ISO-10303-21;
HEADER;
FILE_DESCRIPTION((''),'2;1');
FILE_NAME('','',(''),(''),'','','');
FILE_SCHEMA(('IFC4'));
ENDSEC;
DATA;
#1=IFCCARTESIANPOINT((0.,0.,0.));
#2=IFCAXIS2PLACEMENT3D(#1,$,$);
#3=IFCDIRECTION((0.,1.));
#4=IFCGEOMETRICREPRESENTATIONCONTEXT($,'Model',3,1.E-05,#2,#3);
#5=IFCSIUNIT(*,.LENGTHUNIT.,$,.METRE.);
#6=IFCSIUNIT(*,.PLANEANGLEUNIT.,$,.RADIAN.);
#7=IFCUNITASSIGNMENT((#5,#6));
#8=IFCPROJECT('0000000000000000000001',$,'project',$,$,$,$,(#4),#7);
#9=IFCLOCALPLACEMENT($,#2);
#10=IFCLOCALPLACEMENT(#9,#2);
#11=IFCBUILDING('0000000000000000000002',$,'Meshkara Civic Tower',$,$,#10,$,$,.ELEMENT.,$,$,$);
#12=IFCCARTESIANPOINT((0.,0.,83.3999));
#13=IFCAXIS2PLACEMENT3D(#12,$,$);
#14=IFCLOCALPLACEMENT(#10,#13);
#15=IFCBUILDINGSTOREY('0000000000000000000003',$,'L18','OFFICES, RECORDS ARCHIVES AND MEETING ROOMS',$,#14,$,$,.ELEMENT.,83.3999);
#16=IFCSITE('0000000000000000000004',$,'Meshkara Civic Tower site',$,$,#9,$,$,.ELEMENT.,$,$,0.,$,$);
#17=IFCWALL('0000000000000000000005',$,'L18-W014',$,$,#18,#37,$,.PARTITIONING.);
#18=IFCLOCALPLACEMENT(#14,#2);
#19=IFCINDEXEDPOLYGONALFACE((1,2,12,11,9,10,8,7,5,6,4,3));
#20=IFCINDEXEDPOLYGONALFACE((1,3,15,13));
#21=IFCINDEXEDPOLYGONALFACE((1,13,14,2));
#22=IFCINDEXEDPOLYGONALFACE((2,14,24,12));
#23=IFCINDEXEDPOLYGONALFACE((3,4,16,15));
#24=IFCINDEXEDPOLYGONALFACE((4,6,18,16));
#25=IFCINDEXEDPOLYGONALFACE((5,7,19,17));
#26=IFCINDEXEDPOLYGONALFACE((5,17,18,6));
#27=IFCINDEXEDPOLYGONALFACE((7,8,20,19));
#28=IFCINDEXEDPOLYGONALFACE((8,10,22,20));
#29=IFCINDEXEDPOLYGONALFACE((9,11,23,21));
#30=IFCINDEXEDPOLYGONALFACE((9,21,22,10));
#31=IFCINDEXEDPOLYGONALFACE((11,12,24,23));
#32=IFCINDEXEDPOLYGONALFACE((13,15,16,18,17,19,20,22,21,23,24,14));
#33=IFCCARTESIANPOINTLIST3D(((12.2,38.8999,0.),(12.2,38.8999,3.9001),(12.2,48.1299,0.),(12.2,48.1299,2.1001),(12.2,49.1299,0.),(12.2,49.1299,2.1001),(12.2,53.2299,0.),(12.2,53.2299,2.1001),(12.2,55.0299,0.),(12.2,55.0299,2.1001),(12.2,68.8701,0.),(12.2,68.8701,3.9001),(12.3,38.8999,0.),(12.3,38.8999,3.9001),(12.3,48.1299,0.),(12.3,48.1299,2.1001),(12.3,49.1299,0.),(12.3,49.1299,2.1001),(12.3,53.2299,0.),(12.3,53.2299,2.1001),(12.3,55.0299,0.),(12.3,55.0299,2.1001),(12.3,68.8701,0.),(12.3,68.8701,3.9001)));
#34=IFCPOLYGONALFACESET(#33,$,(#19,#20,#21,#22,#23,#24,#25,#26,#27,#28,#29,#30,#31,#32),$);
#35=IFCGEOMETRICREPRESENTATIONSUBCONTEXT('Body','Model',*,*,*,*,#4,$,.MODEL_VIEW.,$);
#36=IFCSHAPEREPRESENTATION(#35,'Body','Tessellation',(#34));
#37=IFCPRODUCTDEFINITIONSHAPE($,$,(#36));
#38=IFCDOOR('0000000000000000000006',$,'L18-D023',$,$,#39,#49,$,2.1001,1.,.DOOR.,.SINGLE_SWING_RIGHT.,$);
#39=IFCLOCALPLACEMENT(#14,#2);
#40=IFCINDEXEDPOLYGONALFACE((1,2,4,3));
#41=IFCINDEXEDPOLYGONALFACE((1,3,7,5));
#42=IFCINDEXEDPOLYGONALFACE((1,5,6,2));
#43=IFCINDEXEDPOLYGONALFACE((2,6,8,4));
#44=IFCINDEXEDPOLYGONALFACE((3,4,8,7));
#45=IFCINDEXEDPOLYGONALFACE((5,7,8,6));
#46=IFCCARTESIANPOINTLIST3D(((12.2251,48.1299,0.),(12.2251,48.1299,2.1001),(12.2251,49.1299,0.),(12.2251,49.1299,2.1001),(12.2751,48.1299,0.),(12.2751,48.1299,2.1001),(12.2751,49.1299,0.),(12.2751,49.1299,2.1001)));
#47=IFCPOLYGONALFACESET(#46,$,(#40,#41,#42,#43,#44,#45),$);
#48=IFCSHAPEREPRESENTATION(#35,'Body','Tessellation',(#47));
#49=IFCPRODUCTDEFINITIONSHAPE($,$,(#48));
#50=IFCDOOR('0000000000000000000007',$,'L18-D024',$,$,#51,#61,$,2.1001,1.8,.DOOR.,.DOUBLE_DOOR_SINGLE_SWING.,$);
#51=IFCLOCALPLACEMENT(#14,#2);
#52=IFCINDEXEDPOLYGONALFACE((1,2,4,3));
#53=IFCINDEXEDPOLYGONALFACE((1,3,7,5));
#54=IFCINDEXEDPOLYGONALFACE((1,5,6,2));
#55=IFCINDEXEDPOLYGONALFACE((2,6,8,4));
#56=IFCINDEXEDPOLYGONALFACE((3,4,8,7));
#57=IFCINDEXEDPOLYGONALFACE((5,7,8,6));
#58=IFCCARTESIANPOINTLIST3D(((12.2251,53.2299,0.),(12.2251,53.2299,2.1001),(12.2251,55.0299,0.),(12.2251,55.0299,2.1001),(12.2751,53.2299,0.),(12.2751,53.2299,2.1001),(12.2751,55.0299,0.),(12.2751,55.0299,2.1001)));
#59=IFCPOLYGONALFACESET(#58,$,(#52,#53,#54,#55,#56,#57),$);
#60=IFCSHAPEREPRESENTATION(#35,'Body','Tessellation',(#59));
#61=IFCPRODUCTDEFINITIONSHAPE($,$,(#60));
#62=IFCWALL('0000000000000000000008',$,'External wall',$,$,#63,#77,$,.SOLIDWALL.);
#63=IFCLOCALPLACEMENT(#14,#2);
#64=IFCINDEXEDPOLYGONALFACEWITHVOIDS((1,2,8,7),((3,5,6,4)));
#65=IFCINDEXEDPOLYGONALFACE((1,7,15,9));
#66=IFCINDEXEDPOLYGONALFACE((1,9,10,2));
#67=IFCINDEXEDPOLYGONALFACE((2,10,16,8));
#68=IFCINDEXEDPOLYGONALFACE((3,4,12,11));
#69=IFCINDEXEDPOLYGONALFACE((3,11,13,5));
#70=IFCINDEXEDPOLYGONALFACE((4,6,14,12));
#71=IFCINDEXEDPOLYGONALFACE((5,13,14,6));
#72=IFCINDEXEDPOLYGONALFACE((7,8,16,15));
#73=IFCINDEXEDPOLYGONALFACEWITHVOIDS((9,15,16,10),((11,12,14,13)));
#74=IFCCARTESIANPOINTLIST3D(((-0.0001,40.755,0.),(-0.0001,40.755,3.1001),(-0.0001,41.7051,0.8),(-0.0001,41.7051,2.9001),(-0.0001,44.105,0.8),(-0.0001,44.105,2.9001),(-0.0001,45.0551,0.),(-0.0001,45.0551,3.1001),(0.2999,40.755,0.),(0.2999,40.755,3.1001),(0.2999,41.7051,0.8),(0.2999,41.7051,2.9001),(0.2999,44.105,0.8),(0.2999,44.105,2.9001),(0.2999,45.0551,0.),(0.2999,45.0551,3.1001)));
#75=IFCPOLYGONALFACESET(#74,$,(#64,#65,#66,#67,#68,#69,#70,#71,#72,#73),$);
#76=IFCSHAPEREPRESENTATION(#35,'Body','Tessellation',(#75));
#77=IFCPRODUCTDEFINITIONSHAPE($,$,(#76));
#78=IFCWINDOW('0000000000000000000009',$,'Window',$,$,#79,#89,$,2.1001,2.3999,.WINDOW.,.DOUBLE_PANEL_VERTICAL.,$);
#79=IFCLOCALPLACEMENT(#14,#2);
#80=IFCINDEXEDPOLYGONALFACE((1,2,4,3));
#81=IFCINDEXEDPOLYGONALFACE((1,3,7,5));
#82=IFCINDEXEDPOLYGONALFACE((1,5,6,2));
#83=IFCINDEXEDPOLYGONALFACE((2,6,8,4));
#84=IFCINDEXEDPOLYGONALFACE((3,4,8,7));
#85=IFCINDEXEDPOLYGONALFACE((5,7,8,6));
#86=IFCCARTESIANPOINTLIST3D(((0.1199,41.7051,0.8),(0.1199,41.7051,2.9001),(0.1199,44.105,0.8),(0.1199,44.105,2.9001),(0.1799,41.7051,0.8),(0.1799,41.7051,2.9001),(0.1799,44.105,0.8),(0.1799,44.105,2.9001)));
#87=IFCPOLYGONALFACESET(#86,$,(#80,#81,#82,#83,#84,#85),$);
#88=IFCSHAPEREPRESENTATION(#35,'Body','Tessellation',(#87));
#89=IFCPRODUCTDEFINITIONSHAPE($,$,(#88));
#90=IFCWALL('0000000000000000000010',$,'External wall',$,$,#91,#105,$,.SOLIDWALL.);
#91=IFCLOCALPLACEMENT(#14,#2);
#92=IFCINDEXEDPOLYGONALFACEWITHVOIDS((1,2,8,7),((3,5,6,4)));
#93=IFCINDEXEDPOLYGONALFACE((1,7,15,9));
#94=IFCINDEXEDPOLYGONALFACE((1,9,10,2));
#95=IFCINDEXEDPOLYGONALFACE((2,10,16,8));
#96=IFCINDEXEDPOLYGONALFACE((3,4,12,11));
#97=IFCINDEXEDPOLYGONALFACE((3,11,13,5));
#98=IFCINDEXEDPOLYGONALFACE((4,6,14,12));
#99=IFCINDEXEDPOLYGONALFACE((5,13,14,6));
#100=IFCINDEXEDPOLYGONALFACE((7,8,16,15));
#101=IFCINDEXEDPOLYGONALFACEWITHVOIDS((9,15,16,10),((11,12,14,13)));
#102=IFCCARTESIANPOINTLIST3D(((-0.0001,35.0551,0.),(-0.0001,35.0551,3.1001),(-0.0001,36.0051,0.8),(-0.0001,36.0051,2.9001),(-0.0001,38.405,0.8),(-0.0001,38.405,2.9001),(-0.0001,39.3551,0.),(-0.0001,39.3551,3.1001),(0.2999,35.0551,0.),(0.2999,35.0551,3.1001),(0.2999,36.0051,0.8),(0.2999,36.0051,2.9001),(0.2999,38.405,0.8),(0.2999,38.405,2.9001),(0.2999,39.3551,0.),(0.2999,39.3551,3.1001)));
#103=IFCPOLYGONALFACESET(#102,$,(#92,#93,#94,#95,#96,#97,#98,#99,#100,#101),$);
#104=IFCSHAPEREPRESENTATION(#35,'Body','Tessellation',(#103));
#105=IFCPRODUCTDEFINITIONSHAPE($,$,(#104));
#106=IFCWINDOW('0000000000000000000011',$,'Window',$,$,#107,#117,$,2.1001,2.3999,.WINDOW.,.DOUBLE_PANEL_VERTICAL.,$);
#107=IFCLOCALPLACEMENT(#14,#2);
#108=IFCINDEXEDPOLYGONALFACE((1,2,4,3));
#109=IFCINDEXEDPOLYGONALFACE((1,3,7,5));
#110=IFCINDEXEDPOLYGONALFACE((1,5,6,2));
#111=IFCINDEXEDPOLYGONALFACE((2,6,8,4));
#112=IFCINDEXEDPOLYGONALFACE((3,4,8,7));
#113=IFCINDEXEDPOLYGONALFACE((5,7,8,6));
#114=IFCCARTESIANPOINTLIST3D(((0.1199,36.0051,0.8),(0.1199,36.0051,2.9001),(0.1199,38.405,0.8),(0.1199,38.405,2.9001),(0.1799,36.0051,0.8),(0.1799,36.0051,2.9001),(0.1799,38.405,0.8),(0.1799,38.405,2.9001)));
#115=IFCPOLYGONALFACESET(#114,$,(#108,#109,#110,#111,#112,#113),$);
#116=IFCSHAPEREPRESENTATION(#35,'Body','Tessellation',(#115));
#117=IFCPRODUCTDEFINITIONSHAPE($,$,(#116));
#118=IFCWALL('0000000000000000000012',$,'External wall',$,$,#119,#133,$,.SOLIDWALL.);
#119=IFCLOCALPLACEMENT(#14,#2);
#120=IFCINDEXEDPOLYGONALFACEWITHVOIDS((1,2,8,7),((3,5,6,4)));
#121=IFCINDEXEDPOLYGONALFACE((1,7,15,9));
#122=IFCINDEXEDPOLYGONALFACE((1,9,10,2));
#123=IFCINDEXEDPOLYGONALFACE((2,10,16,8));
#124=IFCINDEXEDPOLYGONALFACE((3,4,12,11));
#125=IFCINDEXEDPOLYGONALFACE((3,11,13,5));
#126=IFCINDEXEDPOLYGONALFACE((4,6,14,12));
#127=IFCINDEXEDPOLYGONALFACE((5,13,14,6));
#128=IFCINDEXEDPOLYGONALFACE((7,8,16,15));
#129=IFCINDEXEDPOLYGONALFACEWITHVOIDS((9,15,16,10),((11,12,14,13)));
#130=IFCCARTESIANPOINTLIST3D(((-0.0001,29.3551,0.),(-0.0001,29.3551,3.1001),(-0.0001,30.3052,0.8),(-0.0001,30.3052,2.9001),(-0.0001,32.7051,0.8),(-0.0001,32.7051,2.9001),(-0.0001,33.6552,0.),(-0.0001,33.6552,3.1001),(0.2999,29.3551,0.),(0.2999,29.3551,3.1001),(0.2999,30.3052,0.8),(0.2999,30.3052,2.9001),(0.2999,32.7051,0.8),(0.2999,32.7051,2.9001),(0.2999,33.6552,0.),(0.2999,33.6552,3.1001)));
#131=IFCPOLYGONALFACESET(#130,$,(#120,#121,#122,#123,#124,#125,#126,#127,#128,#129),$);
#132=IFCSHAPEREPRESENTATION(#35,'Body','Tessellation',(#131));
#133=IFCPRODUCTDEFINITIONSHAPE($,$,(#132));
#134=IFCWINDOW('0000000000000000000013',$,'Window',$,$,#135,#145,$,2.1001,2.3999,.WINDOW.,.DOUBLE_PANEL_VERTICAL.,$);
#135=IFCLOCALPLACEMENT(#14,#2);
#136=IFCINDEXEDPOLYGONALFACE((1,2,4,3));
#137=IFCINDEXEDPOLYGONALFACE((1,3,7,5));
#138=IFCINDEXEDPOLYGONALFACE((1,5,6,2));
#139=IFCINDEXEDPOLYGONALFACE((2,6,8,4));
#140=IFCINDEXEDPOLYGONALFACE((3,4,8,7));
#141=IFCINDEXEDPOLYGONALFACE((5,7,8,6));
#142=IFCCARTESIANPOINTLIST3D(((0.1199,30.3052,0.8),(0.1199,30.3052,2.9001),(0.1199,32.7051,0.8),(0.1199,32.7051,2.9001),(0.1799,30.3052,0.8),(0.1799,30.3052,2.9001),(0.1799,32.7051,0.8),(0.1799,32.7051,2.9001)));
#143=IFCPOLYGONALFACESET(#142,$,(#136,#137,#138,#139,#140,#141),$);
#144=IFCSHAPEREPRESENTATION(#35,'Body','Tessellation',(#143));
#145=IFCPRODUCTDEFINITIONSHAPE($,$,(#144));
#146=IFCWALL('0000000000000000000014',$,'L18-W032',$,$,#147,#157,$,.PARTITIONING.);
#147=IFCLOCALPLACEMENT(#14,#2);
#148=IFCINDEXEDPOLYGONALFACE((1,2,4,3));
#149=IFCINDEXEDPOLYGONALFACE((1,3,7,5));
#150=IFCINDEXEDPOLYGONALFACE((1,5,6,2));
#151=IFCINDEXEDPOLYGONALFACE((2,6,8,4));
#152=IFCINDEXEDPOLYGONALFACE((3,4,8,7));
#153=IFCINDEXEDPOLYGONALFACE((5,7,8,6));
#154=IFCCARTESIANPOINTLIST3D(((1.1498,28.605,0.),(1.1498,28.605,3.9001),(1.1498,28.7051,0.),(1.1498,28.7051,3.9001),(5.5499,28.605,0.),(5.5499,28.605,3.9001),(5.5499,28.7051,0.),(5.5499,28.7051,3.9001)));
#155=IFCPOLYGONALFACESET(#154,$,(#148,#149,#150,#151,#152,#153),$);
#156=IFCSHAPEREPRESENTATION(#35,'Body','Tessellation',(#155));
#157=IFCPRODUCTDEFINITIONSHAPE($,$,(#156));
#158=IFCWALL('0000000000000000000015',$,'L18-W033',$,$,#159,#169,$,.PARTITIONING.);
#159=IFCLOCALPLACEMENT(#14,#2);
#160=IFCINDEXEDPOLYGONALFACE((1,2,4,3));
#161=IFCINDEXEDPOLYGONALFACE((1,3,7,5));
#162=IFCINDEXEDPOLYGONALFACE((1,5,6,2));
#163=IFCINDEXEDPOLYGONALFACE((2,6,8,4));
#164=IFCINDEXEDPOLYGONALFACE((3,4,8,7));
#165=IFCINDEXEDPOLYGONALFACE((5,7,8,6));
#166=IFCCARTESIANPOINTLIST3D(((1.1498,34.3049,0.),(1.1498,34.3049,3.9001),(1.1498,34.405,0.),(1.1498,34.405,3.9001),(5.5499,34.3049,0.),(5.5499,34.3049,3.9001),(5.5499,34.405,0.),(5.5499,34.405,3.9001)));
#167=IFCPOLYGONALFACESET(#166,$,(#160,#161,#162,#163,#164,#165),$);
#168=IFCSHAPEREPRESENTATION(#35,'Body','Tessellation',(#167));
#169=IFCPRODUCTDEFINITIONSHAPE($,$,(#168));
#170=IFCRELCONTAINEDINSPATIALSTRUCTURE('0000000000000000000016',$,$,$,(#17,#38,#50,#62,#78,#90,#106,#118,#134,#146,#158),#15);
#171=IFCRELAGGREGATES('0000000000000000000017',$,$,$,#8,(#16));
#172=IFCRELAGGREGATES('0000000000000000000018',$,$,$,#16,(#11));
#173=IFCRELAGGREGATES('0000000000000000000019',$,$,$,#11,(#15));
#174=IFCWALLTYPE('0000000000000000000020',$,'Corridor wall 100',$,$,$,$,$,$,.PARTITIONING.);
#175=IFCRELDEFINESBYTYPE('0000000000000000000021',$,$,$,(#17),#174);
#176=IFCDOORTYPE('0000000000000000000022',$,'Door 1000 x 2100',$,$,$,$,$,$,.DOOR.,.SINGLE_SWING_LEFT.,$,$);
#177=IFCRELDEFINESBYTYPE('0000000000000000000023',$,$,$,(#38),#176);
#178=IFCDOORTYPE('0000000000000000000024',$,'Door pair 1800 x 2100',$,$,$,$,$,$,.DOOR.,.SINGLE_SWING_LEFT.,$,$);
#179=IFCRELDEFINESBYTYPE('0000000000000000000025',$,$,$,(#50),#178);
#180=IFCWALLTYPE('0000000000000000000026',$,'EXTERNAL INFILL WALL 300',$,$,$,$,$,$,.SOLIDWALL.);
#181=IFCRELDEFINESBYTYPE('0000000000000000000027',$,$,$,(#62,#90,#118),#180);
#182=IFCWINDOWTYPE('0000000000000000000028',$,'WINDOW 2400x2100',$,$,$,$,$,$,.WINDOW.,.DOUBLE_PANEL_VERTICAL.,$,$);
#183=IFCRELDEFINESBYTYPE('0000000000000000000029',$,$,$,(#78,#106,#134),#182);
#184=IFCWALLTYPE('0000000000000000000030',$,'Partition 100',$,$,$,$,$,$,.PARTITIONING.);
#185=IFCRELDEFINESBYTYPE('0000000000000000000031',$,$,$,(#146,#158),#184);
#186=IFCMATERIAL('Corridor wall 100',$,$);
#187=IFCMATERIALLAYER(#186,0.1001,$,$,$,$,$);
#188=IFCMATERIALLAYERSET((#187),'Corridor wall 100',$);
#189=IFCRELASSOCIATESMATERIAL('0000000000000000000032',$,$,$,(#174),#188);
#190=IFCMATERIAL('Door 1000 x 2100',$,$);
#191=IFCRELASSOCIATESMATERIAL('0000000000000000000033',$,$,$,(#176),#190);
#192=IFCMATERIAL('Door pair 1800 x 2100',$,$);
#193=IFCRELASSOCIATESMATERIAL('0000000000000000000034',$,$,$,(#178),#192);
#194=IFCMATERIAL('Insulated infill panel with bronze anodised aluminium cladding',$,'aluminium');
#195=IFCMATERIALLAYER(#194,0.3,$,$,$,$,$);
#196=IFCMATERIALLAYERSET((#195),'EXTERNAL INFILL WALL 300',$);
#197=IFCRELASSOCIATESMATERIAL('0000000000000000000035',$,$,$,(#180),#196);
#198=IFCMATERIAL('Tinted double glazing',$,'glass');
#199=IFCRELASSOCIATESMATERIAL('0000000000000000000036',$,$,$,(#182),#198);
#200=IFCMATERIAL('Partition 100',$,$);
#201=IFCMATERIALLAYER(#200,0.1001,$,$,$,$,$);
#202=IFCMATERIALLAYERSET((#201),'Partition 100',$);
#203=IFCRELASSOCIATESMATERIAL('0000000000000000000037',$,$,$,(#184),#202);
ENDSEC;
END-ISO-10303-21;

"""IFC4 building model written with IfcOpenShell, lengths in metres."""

from ifc_helpers import new_model, si_unit, direction, frame, frame_2d, origin, place, context, subcontext, project, spatial, rectangle, extrude, material, layer, layer_set, type_object, element, fill, save


model = new_model("IFC4")

# Units and contexts
model_context = context("Model", 3, precision=1e-05, world=origin(), true_north=direction((0.0, 1.0)))
body_context = subcontext(model_context, "Body", "Model", "MODEL_VIEW")
ifc_project = project(units=[si_unit("LENGTHUNIT", "METRE"), si_unit("PLANEANGLEUNIT", "RADIAN")], contexts=[model_context])

# Site, building, storey
site_placement = place(None, origin())
site = spatial("IfcSite", under=ifc_project, at=site_placement, Name="Meshkara Civic Tower site", CompositionType="ELEMENT", RefElevation=0.0)
building_placement = place(site_placement, origin())
building = spatial("IfcBuilding", under=site, at=building_placement, Name="Meshkara Civic Tower", CompositionType="ELEMENT")
storey_placement = place(building_placement, frame((0.0, 0.0, 83.3999)))
storey = spatial("IfcBuildingStorey", under=building, at=storey_placement, Name="L18", Description="OFFICES, RECORDS ARCHIVES AND MEETING ROOMS", CompositionType="ELEMENT", Elevation=83.3999)

# Shared definitions
ifc_material_1 = material(Name="Corridor wall 100")
ifc_layer_1 = layer(ifc_material_1, 0.1001)
ifc_layer_set_1 = layer_set([ifc_layer_1], Name="Corridor wall 100")
wall_type_1 = type_object("IfcWallType", Name="Corridor wall 100", PredefinedType="PARTITIONING", material=ifc_layer_set_1)

# Wall, openings, doors
wall_1_placement = place(storey_placement, frame((12.25, 38.8999, 0.0), z_axis=(0.0, 0.0, 1.0), x_axis=(0.0, 1.0, 0.0)))
wall_1 = element("IfcWall", 1, at=wall_1_placement, inside=storey, type_object=wall_type_1, Name="L18-W014", PredefinedType="PARTITIONING", context=body_context, shape_type="SweptSolid", body=[
    extrude(rectangle(XDim=29.9702, YDim=0.1001, at=frame_2d((14.9851, 0.0))), origin(), (0.0, 0.0, 1.0), 3.9001),
])
opening_1_placement = place(wall_1_placement, frame((9.23, 0.0, 0.0)))
opening_1 = element("IfcOpeningElement", 2, at=opening_1_placement, cuts=wall_1, PredefinedType="OPENING", context=body_context, shape_type="SweptSolid", body=[
    extrude(rectangle(XDim=1.0, YDim=2.1001, at=frame_2d((0.5, 1.05))), frame((0.0, 0.0601, 0.0), z_axis=(0.0, -1.0, 0.0), x_axis=(1.0, 0.0, 0.0)), (0.0, 0.0, 1.0), 0.1201),
])
opening_2_placement = place(wall_1_placement, frame((14.3301, 0.0, 0.0)))
opening_2 = element("IfcOpeningElement", 3, at=opening_2_placement, cuts=wall_1, PredefinedType="OPENING", context=body_context, shape_type="SweptSolid", body=[
    extrude(rectangle(XDim=1.8, YDim=2.1001, at=frame_2d((0.8999, 1.05))), frame((0.0, 0.0601, 0.0), z_axis=(0.0, -1.0, 0.0), x_axis=(1.0, 0.0, 0.0)), (0.0, 0.0, 1.0), 0.1201),
])
ifc_material_2 = material(Name="Door 1000 x 2100")
door_type_1 = type_object("IfcDoorType", Name="Door 1000 x 2100", OperationType="SINGLE_SWING_LEFT", PredefinedType="DOOR", material=ifc_material_2)
door_1_placement = place(opening_1_placement, origin())
door_1 = element("IfcDoor", 4, at=door_1_placement, inside=storey, type_object=door_type_1, Name="L18-D023", OperationType="SINGLE_SWING_RIGHT", OverallHeight=2.1001, OverallWidth=1.0, PredefinedType="DOOR", context=body_context, shape_type="SweptSolid", body=[
    extrude(rectangle(XDim=1.0, YDim=2.1001, at=frame_2d((0.5, 1.05))), frame((0.0, 0.0249, 0.0), z_axis=(0.0, -1.0, 0.0), x_axis=(1.0, 0.0, 0.0)), (0.0, 0.0, 1.0), 0.05),
])
fill(opening_1, door_1)
ifc_material_3 = material(Name="Door pair 1800 x 2100")
door_type_2 = type_object("IfcDoorType", Name="Door pair 1800 x 2100", OperationType="SINGLE_SWING_LEFT", PredefinedType="DOOR", material=ifc_material_3)
door_2_placement = place(opening_2_placement, origin())
door_2 = element("IfcDoor", 5, at=door_2_placement, inside=storey, type_object=door_type_2, Name="L18-D024", OperationType="DOUBLE_DOOR_SINGLE_SWING", OverallHeight=2.1001, OverallWidth=1.8, PredefinedType="DOOR", context=body_context, shape_type="SweptSolid", body=[
    extrude(rectangle(XDim=1.8, YDim=2.1001, at=frame_2d((0.8999, 1.05))), frame((0.0, 0.0249, 0.0), z_axis=(0.0, -1.0, 0.0), x_axis=(1.0, 0.0, 0.0)), (0.0, 0.0, 1.0), 0.05),
])
fill(opening_2, door_2)

# Walls, openings, windows
ifc_material_4 = material(Name="Insulated infill panel with bronze anodised aluminium cladding", Category="aluminium")
ifc_layer_2 = layer(ifc_material_4, 0.3)
ifc_layer_set_2 = layer_set([ifc_layer_2], Name="EXTERNAL INFILL WALL 300")
wall_type_2 = type_object("IfcWallType", Name="EXTERNAL INFILL WALL 300", PredefinedType="SOLIDWALL", material=ifc_layer_set_2)
wall_2_placement = place(storey_placement, frame((0.1499, 45.0549, 0.0), z_axis=(0.0, 0.0, 1.0), x_axis=(0.0, -1.0, 0.0)))
wall_2 = element("IfcWall", 6, at=wall_2_placement, inside=storey, type_object=wall_type_2, Name="External wall", PredefinedType="SOLIDWALL", context=body_context, shape_type="SweptSolid", body=[
    extrude(rectangle(XDim=4.3, YDim=0.3, at=frame_2d((2.1499, 0.0))), origin(), (0.0, 0.0, 1.0), 3.1001),
])
opening_3_placement = place(wall_2_placement, frame((0.95, 0.0, 0.8)))
opening_3 = element("IfcOpeningElement", 7, at=opening_3_placement, cuts=wall_2, PredefinedType="OPENING", context=body_context, shape_type="SweptSolid", body=[
    extrude(rectangle(XDim=2.3999, YDim=2.1001, at=frame_2d((1.2, 1.05))), frame((0.0, 0.1599, 0.0), z_axis=(0.0, -1.0, 0.0), x_axis=(1.0, 0.0, 0.0)), (0.0, 0.0, 1.0), 0.3201),
])
ifc_material_5 = material(Name="Tinted double glazing", Category="glass")
window_type = type_object("IfcWindowType", Name="WINDOW 2400x2100", PartitioningType="DOUBLE_PANEL_VERTICAL", PredefinedType="WINDOW", material=ifc_material_5)
window_1_placement = place(opening_3_placement, origin())
window_1 = element("IfcWindow", 8, at=window_1_placement, inside=storey, type_object=window_type, Name="Window", OverallHeight=2.1001, OverallWidth=2.3999, PartitioningType="DOUBLE_PANEL_VERTICAL", PredefinedType="WINDOW", context=body_context, shape_type="SweptSolid", body=[
    extrude(rectangle(XDim=2.3999, YDim=2.1001, at=frame_2d((1.2, 1.05))), frame((0.0, 0.03, 0.0), z_axis=(0.0, -1.0, 0.0), x_axis=(1.0, 0.0, 0.0)), (0.0, 0.0, 1.0), 0.0601),
])
fill(opening_3, window_1)
wall_3_placement = place(storey_placement, frame((0.1499, 39.355, 0.0), z_axis=(0.0, 0.0, 1.0), x_axis=(0.0, -1.0, 0.0)))
wall_3 = element("IfcWall", 9, at=wall_3_placement, inside=storey, type_object=wall_type_2, Name="External wall", PredefinedType="SOLIDWALL", context=body_context, shape_type="SweptSolid", body=[
    extrude(rectangle(XDim=4.3, YDim=0.3, at=frame_2d((2.1499, 0.0))), origin(), (0.0, 0.0, 1.0), 3.1001),
])
opening_4_placement = place(wall_3_placement, frame((0.95, 0.0, 0.8)))
opening_4 = element("IfcOpeningElement", 10, at=opening_4_placement, cuts=wall_3, PredefinedType="OPENING", context=body_context, shape_type="SweptSolid", body=[
    extrude(rectangle(XDim=2.3999, YDim=2.1001, at=frame_2d((1.2, 1.05))), frame((0.0, 0.1599, 0.0), z_axis=(0.0, -1.0, 0.0), x_axis=(1.0, 0.0, 0.0)), (0.0, 0.0, 1.0), 0.3201),
])
window_2_placement = place(opening_4_placement, origin())
window_2 = element("IfcWindow", 11, at=window_2_placement, inside=storey, type_object=window_type, Name="Window", OverallHeight=2.1001, OverallWidth=2.3999, PartitioningType="DOUBLE_PANEL_VERTICAL", PredefinedType="WINDOW", context=body_context, shape_type="SweptSolid", body=[
    extrude(rectangle(XDim=2.3999, YDim=2.1001, at=frame_2d((1.2, 1.05))), frame((0.0, 0.03, 0.0), z_axis=(0.0, -1.0, 0.0), x_axis=(1.0, 0.0, 0.0)), (0.0, 0.0, 1.0), 0.0601),
])
fill(opening_4, window_2)
wall_4_placement = place(storey_placement, frame((0.1499, 33.655, 0.0), z_axis=(0.0, 0.0, 1.0), x_axis=(0.0, -1.0, 0.0)))
wall_4 = element("IfcWall", 12, at=wall_4_placement, inside=storey, type_object=wall_type_2, Name="External wall", PredefinedType="SOLIDWALL", context=body_context, shape_type="SweptSolid", body=[
    extrude(rectangle(XDim=4.3, YDim=0.3, at=frame_2d((2.1499, 0.0))), origin(), (0.0, 0.0, 1.0), 3.1001),
])
opening_5_placement = place(wall_4_placement, frame((0.95, 0.0, 0.8)))
opening_5 = element("IfcOpeningElement", 13, at=opening_5_placement, cuts=wall_4, PredefinedType="OPENING", context=body_context, shape_type="SweptSolid", body=[
    extrude(rectangle(XDim=2.3999, YDim=2.1001, at=frame_2d((1.2, 1.05))), frame((0.0, 0.1599, 0.0), z_axis=(0.0, -1.0, 0.0), x_axis=(1.0, 0.0, 0.0)), (0.0, 0.0, 1.0), 0.3201),
])
window_3_placement = place(opening_5_placement, origin())
window_3 = element("IfcWindow", 14, at=window_3_placement, inside=storey, type_object=window_type, Name="Window", OverallHeight=2.1001, OverallWidth=2.3999, PartitioningType="DOUBLE_PANEL_VERTICAL", PredefinedType="WINDOW", context=body_context, shape_type="SweptSolid", body=[
    extrude(rectangle(XDim=2.3999, YDim=2.1001, at=frame_2d((1.2, 1.05))), frame((0.0, 0.03, 0.0), z_axis=(0.0, -1.0, 0.0), x_axis=(1.0, 0.0, 0.0)), (0.0, 0.0, 1.0), 0.0601),
])
fill(opening_5, window_3)

# Walls
ifc_material_6 = material(Name="Partition 100")
ifc_layer_3 = layer(ifc_material_6, 0.1001)
ifc_layer_set_3 = layer_set([ifc_layer_3], Name="Partition 100")
wall_type_3 = type_object("IfcWallType", Name="Partition 100", PredefinedType="PARTITIONING", material=ifc_layer_set_3)
for number, where, z_axis, x_axis, name in (
    (15, (5.55, 28.655, 0.0), (0.0, 0.0, 1.0), (-1.0, 0.0, 0.0), "L18-W032"),
    (16, (5.55, 34.355, 0.0), (0.0, 0.0, 1.0), (-1.0, 0.0, 0.0), "L18-W033"),
):
    element("IfcWall", number, at=place(storey_placement, frame(where, z_axis=z_axis, x_axis=x_axis)), inside=storey, type_object=wall_type_3, Name=name, PredefinedType="PARTITIONING", context=body_context, shape_type="SweptSolid", body=[
        extrude(rectangle(XDim=4.4001, YDim=0.1001, at=frame_2d((2.2002, 0.0))), origin(), (0.0, 0.0, 1.0), 3.9001),
    ])

save(model, "model.ifc")
